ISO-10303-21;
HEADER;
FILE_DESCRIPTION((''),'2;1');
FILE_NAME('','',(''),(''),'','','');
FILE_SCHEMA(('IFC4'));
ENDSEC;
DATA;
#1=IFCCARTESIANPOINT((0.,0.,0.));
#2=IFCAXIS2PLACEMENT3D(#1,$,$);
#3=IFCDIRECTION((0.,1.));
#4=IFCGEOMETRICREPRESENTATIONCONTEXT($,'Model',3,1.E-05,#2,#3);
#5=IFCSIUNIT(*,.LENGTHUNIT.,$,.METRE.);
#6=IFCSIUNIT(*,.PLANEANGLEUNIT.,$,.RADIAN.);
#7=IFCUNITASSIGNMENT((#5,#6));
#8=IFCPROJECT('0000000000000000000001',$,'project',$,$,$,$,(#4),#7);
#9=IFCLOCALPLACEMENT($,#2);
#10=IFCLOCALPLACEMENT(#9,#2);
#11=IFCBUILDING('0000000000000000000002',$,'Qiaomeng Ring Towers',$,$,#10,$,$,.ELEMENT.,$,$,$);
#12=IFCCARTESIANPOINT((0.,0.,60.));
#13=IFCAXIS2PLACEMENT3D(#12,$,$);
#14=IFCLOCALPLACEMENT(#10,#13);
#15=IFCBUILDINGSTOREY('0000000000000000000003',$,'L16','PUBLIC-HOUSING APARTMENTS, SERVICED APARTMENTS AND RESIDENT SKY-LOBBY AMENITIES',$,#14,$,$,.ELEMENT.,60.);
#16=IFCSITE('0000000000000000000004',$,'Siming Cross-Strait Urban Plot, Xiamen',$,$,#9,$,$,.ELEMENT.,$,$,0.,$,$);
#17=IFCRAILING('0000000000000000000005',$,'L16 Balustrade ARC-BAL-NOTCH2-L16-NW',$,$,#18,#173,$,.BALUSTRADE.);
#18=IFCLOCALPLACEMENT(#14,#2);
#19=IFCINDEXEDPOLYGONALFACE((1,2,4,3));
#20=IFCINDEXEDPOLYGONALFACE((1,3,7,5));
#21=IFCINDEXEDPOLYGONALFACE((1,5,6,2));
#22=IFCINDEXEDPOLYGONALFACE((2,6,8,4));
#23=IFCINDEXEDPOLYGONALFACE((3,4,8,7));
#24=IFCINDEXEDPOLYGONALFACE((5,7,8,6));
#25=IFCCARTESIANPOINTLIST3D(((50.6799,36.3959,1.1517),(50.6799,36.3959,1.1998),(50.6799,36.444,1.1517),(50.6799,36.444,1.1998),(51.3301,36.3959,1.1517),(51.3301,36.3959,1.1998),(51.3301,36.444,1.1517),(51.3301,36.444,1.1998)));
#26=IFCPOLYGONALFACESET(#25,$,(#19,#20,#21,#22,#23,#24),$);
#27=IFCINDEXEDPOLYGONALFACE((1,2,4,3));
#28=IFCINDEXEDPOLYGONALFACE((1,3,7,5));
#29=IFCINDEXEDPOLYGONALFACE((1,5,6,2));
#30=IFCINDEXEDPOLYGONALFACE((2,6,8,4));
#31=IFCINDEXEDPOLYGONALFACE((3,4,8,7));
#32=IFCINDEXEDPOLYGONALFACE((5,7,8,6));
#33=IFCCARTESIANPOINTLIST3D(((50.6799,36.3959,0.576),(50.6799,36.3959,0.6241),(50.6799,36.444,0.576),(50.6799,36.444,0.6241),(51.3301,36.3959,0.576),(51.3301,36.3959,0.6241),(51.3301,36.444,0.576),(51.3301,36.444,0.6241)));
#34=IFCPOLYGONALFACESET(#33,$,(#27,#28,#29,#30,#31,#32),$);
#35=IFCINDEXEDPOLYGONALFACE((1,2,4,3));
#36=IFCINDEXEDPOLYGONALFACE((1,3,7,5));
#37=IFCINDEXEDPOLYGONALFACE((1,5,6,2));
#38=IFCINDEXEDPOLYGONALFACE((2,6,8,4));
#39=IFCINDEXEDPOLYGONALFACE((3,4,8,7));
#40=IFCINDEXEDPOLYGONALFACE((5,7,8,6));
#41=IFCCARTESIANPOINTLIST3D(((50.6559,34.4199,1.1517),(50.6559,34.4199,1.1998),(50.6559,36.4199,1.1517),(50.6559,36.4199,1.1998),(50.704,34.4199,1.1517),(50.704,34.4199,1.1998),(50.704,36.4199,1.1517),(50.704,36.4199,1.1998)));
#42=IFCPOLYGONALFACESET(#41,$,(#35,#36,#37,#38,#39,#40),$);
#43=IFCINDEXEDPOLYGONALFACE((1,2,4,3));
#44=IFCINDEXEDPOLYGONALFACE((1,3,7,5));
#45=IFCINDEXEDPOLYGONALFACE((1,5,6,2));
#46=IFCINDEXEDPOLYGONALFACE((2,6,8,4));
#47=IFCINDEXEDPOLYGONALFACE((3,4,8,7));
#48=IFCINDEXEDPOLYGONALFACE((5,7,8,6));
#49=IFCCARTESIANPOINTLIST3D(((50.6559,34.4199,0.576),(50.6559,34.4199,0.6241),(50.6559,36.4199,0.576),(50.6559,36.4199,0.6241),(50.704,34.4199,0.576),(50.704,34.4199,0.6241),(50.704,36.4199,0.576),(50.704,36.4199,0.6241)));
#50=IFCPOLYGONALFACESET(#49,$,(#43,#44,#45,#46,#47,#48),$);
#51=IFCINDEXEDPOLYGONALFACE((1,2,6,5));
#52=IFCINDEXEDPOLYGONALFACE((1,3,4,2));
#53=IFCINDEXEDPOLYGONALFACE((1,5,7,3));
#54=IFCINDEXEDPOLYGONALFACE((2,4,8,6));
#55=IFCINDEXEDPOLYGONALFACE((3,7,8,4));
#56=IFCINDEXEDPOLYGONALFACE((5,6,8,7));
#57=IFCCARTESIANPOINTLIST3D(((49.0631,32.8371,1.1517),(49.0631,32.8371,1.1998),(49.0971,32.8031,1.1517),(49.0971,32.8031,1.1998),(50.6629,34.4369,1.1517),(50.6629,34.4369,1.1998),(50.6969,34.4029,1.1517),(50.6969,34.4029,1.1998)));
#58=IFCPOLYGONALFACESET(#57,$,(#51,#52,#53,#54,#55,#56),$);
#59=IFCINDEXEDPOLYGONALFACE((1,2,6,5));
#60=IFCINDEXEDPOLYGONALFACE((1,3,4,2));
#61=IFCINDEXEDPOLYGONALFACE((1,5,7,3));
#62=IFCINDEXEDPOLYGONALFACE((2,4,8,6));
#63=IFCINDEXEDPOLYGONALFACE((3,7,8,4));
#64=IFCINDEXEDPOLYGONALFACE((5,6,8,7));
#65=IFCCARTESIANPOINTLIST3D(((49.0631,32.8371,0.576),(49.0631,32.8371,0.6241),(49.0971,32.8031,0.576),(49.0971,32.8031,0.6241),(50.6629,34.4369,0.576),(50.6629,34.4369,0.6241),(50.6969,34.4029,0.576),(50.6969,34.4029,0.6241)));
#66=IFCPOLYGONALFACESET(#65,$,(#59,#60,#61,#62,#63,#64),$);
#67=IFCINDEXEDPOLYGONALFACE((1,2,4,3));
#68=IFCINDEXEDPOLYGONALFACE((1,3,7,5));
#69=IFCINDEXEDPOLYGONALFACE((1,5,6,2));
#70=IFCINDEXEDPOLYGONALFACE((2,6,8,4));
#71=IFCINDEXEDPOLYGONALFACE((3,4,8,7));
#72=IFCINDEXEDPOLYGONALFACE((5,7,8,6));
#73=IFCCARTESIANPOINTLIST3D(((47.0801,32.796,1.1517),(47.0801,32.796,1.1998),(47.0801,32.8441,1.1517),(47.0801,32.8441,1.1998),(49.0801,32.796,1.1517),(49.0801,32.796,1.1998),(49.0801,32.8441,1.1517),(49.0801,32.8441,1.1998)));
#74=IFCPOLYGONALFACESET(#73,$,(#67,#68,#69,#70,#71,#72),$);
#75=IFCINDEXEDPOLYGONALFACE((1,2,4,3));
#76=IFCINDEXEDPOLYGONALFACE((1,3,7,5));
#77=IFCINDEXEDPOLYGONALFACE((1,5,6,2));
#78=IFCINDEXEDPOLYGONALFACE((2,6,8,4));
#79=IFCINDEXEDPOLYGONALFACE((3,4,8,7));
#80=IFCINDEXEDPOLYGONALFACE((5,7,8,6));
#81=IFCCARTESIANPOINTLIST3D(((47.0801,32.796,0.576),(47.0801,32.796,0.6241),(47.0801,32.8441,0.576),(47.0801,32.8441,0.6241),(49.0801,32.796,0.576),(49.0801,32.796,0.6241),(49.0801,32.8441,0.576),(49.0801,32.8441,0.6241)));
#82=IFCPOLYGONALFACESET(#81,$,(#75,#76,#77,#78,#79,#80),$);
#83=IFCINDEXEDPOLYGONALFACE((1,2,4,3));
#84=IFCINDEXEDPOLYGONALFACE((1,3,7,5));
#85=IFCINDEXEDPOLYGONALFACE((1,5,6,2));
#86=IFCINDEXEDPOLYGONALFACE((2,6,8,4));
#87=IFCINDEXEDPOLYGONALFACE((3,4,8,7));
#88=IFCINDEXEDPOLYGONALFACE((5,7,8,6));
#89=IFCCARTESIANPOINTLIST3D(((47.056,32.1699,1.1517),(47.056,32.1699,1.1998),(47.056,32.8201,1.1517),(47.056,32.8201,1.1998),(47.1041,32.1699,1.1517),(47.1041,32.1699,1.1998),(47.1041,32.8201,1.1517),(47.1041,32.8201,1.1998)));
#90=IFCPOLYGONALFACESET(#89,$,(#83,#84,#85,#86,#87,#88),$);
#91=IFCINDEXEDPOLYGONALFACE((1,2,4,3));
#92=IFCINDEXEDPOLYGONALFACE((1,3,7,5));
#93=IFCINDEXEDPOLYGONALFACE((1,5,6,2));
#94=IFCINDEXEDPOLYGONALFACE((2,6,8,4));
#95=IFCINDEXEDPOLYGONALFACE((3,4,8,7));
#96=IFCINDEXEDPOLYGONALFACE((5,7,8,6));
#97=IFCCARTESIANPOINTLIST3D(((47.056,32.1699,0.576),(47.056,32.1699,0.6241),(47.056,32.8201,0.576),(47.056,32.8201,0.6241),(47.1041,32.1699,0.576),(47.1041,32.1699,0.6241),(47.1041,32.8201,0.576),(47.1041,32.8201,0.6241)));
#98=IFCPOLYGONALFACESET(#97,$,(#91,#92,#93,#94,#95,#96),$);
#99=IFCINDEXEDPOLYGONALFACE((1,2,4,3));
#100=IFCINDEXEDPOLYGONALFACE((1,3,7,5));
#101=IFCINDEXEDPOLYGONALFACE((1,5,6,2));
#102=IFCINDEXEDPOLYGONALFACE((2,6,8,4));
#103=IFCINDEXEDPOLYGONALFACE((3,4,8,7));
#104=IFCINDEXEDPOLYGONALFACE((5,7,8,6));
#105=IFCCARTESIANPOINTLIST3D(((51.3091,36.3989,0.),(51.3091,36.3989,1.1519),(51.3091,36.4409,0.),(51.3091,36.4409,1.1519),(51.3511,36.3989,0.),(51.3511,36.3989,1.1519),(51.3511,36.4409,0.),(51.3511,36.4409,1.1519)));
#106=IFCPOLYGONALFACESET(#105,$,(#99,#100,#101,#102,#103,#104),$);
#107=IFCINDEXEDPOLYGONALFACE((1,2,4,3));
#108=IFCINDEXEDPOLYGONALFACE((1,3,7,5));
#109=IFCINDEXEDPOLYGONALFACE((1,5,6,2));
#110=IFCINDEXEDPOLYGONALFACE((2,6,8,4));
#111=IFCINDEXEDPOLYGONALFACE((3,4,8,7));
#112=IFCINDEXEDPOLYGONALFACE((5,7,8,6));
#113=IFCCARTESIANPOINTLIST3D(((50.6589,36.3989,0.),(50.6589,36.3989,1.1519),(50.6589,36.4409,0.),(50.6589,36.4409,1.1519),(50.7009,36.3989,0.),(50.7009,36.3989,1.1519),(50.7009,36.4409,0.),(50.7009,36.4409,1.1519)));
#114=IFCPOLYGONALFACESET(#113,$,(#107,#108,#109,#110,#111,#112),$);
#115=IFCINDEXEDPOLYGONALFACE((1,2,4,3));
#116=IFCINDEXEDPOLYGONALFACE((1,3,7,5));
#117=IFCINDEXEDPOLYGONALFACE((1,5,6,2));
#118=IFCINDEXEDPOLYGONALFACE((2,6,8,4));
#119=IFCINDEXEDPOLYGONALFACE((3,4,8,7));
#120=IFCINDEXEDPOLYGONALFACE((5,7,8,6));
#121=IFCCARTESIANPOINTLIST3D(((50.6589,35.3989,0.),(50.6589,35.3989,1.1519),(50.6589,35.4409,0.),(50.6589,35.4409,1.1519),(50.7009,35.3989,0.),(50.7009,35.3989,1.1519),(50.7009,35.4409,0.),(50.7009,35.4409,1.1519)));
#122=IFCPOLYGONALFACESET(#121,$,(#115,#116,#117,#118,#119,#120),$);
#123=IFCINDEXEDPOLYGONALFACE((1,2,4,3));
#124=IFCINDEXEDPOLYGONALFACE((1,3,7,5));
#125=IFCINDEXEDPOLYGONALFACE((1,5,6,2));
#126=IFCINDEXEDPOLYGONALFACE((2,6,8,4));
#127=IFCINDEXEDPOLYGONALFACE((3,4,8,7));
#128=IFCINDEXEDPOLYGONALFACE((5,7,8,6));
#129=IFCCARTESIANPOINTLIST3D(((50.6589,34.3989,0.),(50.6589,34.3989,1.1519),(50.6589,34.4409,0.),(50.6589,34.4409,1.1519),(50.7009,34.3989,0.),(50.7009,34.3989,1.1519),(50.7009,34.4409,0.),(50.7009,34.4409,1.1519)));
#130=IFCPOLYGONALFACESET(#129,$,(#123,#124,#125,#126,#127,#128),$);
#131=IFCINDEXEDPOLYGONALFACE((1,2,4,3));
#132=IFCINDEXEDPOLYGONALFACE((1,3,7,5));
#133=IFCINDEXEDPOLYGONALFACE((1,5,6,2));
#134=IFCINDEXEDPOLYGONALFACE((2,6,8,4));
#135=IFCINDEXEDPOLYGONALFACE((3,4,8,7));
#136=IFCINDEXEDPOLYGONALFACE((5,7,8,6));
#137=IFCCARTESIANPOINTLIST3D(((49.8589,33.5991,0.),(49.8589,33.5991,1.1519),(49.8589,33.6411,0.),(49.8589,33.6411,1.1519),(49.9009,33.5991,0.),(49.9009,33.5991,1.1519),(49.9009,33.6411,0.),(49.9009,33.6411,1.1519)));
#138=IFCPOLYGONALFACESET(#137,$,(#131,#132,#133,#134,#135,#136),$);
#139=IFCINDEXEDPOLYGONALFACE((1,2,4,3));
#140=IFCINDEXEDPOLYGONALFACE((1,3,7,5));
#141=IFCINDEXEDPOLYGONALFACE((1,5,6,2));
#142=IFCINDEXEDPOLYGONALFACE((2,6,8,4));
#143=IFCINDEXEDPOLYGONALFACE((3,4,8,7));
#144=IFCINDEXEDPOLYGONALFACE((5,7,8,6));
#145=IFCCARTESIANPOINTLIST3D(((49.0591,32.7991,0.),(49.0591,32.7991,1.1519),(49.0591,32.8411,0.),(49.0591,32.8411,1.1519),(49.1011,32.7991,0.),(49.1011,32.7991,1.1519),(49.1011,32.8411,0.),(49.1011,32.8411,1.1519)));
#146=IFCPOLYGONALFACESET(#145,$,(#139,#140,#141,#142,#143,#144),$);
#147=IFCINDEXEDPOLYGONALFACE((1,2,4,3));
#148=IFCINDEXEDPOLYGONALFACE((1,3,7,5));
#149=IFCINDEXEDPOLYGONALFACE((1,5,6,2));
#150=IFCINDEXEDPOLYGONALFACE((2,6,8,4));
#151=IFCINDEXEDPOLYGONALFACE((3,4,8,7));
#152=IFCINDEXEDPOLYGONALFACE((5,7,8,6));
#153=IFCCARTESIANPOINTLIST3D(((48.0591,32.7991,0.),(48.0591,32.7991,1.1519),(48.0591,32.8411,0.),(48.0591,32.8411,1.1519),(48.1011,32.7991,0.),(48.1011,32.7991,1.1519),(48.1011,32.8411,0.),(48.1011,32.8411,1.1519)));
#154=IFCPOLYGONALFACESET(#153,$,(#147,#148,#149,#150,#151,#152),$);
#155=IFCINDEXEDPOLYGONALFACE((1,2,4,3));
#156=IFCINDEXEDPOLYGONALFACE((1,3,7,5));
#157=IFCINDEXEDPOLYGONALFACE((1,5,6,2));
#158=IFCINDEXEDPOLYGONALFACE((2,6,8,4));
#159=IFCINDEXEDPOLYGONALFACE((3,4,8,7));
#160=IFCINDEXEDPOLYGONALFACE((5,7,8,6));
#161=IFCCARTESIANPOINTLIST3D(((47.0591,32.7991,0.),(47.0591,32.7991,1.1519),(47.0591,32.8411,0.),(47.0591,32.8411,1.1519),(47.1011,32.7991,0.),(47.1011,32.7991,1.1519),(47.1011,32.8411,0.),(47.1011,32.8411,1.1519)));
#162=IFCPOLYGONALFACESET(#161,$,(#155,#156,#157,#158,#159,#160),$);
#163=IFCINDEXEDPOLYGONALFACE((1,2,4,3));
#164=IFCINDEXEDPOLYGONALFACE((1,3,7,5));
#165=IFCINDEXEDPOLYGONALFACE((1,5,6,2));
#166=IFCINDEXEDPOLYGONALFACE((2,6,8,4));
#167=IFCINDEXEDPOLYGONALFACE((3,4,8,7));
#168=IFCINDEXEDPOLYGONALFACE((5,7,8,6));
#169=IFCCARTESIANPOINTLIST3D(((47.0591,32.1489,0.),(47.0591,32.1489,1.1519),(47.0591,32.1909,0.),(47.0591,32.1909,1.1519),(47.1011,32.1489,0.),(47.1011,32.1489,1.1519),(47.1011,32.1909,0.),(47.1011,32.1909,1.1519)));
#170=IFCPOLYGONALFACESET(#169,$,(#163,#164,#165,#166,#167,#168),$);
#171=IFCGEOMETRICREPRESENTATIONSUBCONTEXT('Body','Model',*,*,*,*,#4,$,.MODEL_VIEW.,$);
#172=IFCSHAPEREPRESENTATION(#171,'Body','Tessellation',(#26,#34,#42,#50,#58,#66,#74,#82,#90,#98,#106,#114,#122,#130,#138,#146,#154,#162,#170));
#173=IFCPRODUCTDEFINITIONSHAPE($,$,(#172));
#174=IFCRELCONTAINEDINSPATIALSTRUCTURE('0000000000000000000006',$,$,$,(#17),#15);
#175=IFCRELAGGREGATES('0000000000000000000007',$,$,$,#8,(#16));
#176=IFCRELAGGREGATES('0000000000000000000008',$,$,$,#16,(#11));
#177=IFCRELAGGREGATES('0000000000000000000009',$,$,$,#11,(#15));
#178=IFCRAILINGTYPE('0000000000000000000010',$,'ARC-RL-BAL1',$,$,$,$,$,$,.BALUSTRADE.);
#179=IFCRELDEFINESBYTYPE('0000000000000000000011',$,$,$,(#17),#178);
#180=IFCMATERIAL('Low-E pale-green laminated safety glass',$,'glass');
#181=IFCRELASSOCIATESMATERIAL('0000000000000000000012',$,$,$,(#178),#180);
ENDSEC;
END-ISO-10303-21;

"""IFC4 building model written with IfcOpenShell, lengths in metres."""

from ifc_helpers import new_model, si_unit, direction, frame, origin, origin_2d, place, context, subcontext, project, spatial, rectangle, extrude, material, type_object, element, save


model = new_model("IFC4")

# Units and contexts
model_context = context("Model", 3, precision=1e-05, world=origin(), true_north=direction((0.0, 1.0)))
body_context = subcontext(model_context, "Body", "Model", "MODEL_VIEW")
ifc_project = project(units=[si_unit("LENGTHUNIT", "METRE"), si_unit("PLANEANGLEUNIT", "RADIAN")], contexts=[model_context])

# Site, building, storey
site_placement = place(None, origin())
site = spatial("IfcSite", under=ifc_project, at=site_placement, Name="Siming Cross-Strait Urban Plot, Xiamen", CompositionType="ELEMENT", RefElevation=0.0)
building_placement = place(site_placement, origin())
building = spatial("IfcBuilding", under=site, at=building_placement, Name="Qiaomeng Ring Towers", CompositionType="ELEMENT")
storey_placement = place(building_placement, frame((0.0, 0.0, 60.0)))
storey = spatial("IfcBuildingStorey", under=building, at=storey_placement, Name="L16", Description="PUBLIC-HOUSING APARTMENTS, SERVICED APARTMENTS AND RESIDENT SKY-LOBBY AMENITIES", CompositionType="ELEMENT", Elevation=60.0)

# Railing
ifc_material_1 = material(Name="Low-E pale-green laminated safety glass", Category="glass")
railing_type = type_object("IfcRailingType", Name="ARC-RL-BAL1", PredefinedType="BALUSTRADE", material=ifc_material_1)
railing_1_placement = place(storey_placement, frame((51.3301, 36.4199, 0.0)))
element("IfcRailing", 1, at=railing_1_placement, inside=storey, type_object=railing_type, Name="L16 Balustrade ARC-BAL-NOTCH2-L16-NW", PredefinedType="BALUSTRADE", context=body_context, shape_type="SweptSolid", body=[
    extrude(rectangle(XDim=0.0481, YDim=0.0481, at=origin_2d()), frame((0.0, 0.0, 1.1758), z_axis=(-1.0, 0.0, 0.0), x_axis=(0.0, -1.0, 0.0)), (0.0, 0.0, 1.0), 0.6501),
    extrude(rectangle(XDim=0.0481, YDim=0.0481, at=origin_2d()), frame((0.0, 0.0, 0.6001), z_axis=(-1.0, 0.0, 0.0), x_axis=(0.0, -1.0, 0.0)), (0.0, 0.0, 1.0), 0.6501),
    extrude(rectangle(XDim=0.0481, YDim=0.0481, at=origin_2d()), frame((-0.6501, 0.0, 1.1758), z_axis=(0.0, -1.0, 0.0), x_axis=(1.0, 0.0, 0.0)), (0.0, 0.0, 1.0), 2.0),
    extrude(rectangle(XDim=0.0481, YDim=0.0481, at=origin_2d()), frame((-0.6501, 0.0, 0.6001), z_axis=(0.0, -1.0, 0.0), x_axis=(1.0, 0.0, 0.0)), (0.0, 0.0, 1.0), 2.0),
    extrude(rectangle(XDim=0.0481, YDim=0.0481, at=origin_2d()), frame((-0.6501, -2.0, 1.1758), z_axis=(-0.707107, -0.707107, 0.0), x_axis=(0.707107, -0.707107, 0.0)), (0.0, 0.0, 1.0), 2.2625),
    extrude(rectangle(XDim=0.0481, YDim=0.0481, at=origin_2d()), frame((-0.6501, -2.0, 0.6001), z_axis=(-0.707107, -0.707107, 0.0), x_axis=(0.707107, -0.707107, 0.0)), (0.0, 0.0, 1.0), 2.2625),
    extrude(rectangle(XDim=0.0481, YDim=0.0481, at=origin_2d()), frame((-2.25, -3.5999, 1.1758), z_axis=(-1.0, 0.0, 0.0), x_axis=(0.0, -1.0, 0.0)), (0.0, 0.0, 1.0), 2.0),
    extrude(rectangle(XDim=0.0481, YDim=0.0481, at=origin_2d()), frame((-2.25, -3.5999, 0.6001), z_axis=(-1.0, 0.0, 0.0), x_axis=(0.0, -1.0, 0.0)), (0.0, 0.0, 1.0), 2.0),
    extrude(rectangle(XDim=0.0481, YDim=0.0481, at=origin_2d()), frame((-4.25, -3.5999, 1.1758), z_axis=(0.0, -1.0, 0.0), x_axis=(1.0, 0.0, 0.0)), (0.0, 0.0, 1.0), 0.6501),
    extrude(rectangle(XDim=0.0481, YDim=0.0481, at=origin_2d()), frame((-4.25, -3.5999, 0.6001), z_axis=(0.0, -1.0, 0.0), x_axis=(1.0, 0.0, 0.0)), (0.0, 0.0, 1.0), 0.6501),
    extrude(rectangle(XDim=0.042, YDim=0.042, at=origin_2d()), origin(), (0.0, 0.0, 1.0), 1.1519),
    extrude(rectangle(XDim=0.042, YDim=0.042, at=origin_2d()), frame((-0.6501, 0.0, 0.0)), (0.0, 0.0, 1.0), 1.1519),
    extrude(rectangle(XDim=0.042, YDim=0.042, at=origin_2d()), frame((-0.6501, -1.0, 0.0)), (0.0, 0.0, 1.0), 1.1519),
    extrude(rectangle(XDim=0.042, YDim=0.042, at=origin_2d()), frame((-0.6501, -2.0, 0.0)), (0.0, 0.0, 1.0), 1.1519),
    extrude(rectangle(XDim=0.042, YDim=0.042, at=origin_2d()), frame((-1.4502, -2.7998, 0.0)), (0.0, 0.0, 1.0), 1.1519),
    extrude(rectangle(XDim=0.042, YDim=0.042, at=origin_2d()), frame((-2.25, -3.5999, 0.0)), (0.0, 0.0, 1.0), 1.1519),
    extrude(rectangle(XDim=0.042, YDim=0.042, at=origin_2d()), frame((-3.25, -3.5999, 0.0)), (0.0, 0.0, 1.0), 1.1519),
    extrude(rectangle(XDim=0.042, YDim=0.042, at=origin_2d()), frame((-4.25, -3.5999, 0.0)), (0.0, 0.0, 1.0), 1.1519),
    extrude(rectangle(XDim=0.042, YDim=0.042, at=origin_2d()), frame((-4.25, -4.25, 0.0)), (0.0, 0.0, 1.0), 1.1519),
])

save(model, "model.ifc")
